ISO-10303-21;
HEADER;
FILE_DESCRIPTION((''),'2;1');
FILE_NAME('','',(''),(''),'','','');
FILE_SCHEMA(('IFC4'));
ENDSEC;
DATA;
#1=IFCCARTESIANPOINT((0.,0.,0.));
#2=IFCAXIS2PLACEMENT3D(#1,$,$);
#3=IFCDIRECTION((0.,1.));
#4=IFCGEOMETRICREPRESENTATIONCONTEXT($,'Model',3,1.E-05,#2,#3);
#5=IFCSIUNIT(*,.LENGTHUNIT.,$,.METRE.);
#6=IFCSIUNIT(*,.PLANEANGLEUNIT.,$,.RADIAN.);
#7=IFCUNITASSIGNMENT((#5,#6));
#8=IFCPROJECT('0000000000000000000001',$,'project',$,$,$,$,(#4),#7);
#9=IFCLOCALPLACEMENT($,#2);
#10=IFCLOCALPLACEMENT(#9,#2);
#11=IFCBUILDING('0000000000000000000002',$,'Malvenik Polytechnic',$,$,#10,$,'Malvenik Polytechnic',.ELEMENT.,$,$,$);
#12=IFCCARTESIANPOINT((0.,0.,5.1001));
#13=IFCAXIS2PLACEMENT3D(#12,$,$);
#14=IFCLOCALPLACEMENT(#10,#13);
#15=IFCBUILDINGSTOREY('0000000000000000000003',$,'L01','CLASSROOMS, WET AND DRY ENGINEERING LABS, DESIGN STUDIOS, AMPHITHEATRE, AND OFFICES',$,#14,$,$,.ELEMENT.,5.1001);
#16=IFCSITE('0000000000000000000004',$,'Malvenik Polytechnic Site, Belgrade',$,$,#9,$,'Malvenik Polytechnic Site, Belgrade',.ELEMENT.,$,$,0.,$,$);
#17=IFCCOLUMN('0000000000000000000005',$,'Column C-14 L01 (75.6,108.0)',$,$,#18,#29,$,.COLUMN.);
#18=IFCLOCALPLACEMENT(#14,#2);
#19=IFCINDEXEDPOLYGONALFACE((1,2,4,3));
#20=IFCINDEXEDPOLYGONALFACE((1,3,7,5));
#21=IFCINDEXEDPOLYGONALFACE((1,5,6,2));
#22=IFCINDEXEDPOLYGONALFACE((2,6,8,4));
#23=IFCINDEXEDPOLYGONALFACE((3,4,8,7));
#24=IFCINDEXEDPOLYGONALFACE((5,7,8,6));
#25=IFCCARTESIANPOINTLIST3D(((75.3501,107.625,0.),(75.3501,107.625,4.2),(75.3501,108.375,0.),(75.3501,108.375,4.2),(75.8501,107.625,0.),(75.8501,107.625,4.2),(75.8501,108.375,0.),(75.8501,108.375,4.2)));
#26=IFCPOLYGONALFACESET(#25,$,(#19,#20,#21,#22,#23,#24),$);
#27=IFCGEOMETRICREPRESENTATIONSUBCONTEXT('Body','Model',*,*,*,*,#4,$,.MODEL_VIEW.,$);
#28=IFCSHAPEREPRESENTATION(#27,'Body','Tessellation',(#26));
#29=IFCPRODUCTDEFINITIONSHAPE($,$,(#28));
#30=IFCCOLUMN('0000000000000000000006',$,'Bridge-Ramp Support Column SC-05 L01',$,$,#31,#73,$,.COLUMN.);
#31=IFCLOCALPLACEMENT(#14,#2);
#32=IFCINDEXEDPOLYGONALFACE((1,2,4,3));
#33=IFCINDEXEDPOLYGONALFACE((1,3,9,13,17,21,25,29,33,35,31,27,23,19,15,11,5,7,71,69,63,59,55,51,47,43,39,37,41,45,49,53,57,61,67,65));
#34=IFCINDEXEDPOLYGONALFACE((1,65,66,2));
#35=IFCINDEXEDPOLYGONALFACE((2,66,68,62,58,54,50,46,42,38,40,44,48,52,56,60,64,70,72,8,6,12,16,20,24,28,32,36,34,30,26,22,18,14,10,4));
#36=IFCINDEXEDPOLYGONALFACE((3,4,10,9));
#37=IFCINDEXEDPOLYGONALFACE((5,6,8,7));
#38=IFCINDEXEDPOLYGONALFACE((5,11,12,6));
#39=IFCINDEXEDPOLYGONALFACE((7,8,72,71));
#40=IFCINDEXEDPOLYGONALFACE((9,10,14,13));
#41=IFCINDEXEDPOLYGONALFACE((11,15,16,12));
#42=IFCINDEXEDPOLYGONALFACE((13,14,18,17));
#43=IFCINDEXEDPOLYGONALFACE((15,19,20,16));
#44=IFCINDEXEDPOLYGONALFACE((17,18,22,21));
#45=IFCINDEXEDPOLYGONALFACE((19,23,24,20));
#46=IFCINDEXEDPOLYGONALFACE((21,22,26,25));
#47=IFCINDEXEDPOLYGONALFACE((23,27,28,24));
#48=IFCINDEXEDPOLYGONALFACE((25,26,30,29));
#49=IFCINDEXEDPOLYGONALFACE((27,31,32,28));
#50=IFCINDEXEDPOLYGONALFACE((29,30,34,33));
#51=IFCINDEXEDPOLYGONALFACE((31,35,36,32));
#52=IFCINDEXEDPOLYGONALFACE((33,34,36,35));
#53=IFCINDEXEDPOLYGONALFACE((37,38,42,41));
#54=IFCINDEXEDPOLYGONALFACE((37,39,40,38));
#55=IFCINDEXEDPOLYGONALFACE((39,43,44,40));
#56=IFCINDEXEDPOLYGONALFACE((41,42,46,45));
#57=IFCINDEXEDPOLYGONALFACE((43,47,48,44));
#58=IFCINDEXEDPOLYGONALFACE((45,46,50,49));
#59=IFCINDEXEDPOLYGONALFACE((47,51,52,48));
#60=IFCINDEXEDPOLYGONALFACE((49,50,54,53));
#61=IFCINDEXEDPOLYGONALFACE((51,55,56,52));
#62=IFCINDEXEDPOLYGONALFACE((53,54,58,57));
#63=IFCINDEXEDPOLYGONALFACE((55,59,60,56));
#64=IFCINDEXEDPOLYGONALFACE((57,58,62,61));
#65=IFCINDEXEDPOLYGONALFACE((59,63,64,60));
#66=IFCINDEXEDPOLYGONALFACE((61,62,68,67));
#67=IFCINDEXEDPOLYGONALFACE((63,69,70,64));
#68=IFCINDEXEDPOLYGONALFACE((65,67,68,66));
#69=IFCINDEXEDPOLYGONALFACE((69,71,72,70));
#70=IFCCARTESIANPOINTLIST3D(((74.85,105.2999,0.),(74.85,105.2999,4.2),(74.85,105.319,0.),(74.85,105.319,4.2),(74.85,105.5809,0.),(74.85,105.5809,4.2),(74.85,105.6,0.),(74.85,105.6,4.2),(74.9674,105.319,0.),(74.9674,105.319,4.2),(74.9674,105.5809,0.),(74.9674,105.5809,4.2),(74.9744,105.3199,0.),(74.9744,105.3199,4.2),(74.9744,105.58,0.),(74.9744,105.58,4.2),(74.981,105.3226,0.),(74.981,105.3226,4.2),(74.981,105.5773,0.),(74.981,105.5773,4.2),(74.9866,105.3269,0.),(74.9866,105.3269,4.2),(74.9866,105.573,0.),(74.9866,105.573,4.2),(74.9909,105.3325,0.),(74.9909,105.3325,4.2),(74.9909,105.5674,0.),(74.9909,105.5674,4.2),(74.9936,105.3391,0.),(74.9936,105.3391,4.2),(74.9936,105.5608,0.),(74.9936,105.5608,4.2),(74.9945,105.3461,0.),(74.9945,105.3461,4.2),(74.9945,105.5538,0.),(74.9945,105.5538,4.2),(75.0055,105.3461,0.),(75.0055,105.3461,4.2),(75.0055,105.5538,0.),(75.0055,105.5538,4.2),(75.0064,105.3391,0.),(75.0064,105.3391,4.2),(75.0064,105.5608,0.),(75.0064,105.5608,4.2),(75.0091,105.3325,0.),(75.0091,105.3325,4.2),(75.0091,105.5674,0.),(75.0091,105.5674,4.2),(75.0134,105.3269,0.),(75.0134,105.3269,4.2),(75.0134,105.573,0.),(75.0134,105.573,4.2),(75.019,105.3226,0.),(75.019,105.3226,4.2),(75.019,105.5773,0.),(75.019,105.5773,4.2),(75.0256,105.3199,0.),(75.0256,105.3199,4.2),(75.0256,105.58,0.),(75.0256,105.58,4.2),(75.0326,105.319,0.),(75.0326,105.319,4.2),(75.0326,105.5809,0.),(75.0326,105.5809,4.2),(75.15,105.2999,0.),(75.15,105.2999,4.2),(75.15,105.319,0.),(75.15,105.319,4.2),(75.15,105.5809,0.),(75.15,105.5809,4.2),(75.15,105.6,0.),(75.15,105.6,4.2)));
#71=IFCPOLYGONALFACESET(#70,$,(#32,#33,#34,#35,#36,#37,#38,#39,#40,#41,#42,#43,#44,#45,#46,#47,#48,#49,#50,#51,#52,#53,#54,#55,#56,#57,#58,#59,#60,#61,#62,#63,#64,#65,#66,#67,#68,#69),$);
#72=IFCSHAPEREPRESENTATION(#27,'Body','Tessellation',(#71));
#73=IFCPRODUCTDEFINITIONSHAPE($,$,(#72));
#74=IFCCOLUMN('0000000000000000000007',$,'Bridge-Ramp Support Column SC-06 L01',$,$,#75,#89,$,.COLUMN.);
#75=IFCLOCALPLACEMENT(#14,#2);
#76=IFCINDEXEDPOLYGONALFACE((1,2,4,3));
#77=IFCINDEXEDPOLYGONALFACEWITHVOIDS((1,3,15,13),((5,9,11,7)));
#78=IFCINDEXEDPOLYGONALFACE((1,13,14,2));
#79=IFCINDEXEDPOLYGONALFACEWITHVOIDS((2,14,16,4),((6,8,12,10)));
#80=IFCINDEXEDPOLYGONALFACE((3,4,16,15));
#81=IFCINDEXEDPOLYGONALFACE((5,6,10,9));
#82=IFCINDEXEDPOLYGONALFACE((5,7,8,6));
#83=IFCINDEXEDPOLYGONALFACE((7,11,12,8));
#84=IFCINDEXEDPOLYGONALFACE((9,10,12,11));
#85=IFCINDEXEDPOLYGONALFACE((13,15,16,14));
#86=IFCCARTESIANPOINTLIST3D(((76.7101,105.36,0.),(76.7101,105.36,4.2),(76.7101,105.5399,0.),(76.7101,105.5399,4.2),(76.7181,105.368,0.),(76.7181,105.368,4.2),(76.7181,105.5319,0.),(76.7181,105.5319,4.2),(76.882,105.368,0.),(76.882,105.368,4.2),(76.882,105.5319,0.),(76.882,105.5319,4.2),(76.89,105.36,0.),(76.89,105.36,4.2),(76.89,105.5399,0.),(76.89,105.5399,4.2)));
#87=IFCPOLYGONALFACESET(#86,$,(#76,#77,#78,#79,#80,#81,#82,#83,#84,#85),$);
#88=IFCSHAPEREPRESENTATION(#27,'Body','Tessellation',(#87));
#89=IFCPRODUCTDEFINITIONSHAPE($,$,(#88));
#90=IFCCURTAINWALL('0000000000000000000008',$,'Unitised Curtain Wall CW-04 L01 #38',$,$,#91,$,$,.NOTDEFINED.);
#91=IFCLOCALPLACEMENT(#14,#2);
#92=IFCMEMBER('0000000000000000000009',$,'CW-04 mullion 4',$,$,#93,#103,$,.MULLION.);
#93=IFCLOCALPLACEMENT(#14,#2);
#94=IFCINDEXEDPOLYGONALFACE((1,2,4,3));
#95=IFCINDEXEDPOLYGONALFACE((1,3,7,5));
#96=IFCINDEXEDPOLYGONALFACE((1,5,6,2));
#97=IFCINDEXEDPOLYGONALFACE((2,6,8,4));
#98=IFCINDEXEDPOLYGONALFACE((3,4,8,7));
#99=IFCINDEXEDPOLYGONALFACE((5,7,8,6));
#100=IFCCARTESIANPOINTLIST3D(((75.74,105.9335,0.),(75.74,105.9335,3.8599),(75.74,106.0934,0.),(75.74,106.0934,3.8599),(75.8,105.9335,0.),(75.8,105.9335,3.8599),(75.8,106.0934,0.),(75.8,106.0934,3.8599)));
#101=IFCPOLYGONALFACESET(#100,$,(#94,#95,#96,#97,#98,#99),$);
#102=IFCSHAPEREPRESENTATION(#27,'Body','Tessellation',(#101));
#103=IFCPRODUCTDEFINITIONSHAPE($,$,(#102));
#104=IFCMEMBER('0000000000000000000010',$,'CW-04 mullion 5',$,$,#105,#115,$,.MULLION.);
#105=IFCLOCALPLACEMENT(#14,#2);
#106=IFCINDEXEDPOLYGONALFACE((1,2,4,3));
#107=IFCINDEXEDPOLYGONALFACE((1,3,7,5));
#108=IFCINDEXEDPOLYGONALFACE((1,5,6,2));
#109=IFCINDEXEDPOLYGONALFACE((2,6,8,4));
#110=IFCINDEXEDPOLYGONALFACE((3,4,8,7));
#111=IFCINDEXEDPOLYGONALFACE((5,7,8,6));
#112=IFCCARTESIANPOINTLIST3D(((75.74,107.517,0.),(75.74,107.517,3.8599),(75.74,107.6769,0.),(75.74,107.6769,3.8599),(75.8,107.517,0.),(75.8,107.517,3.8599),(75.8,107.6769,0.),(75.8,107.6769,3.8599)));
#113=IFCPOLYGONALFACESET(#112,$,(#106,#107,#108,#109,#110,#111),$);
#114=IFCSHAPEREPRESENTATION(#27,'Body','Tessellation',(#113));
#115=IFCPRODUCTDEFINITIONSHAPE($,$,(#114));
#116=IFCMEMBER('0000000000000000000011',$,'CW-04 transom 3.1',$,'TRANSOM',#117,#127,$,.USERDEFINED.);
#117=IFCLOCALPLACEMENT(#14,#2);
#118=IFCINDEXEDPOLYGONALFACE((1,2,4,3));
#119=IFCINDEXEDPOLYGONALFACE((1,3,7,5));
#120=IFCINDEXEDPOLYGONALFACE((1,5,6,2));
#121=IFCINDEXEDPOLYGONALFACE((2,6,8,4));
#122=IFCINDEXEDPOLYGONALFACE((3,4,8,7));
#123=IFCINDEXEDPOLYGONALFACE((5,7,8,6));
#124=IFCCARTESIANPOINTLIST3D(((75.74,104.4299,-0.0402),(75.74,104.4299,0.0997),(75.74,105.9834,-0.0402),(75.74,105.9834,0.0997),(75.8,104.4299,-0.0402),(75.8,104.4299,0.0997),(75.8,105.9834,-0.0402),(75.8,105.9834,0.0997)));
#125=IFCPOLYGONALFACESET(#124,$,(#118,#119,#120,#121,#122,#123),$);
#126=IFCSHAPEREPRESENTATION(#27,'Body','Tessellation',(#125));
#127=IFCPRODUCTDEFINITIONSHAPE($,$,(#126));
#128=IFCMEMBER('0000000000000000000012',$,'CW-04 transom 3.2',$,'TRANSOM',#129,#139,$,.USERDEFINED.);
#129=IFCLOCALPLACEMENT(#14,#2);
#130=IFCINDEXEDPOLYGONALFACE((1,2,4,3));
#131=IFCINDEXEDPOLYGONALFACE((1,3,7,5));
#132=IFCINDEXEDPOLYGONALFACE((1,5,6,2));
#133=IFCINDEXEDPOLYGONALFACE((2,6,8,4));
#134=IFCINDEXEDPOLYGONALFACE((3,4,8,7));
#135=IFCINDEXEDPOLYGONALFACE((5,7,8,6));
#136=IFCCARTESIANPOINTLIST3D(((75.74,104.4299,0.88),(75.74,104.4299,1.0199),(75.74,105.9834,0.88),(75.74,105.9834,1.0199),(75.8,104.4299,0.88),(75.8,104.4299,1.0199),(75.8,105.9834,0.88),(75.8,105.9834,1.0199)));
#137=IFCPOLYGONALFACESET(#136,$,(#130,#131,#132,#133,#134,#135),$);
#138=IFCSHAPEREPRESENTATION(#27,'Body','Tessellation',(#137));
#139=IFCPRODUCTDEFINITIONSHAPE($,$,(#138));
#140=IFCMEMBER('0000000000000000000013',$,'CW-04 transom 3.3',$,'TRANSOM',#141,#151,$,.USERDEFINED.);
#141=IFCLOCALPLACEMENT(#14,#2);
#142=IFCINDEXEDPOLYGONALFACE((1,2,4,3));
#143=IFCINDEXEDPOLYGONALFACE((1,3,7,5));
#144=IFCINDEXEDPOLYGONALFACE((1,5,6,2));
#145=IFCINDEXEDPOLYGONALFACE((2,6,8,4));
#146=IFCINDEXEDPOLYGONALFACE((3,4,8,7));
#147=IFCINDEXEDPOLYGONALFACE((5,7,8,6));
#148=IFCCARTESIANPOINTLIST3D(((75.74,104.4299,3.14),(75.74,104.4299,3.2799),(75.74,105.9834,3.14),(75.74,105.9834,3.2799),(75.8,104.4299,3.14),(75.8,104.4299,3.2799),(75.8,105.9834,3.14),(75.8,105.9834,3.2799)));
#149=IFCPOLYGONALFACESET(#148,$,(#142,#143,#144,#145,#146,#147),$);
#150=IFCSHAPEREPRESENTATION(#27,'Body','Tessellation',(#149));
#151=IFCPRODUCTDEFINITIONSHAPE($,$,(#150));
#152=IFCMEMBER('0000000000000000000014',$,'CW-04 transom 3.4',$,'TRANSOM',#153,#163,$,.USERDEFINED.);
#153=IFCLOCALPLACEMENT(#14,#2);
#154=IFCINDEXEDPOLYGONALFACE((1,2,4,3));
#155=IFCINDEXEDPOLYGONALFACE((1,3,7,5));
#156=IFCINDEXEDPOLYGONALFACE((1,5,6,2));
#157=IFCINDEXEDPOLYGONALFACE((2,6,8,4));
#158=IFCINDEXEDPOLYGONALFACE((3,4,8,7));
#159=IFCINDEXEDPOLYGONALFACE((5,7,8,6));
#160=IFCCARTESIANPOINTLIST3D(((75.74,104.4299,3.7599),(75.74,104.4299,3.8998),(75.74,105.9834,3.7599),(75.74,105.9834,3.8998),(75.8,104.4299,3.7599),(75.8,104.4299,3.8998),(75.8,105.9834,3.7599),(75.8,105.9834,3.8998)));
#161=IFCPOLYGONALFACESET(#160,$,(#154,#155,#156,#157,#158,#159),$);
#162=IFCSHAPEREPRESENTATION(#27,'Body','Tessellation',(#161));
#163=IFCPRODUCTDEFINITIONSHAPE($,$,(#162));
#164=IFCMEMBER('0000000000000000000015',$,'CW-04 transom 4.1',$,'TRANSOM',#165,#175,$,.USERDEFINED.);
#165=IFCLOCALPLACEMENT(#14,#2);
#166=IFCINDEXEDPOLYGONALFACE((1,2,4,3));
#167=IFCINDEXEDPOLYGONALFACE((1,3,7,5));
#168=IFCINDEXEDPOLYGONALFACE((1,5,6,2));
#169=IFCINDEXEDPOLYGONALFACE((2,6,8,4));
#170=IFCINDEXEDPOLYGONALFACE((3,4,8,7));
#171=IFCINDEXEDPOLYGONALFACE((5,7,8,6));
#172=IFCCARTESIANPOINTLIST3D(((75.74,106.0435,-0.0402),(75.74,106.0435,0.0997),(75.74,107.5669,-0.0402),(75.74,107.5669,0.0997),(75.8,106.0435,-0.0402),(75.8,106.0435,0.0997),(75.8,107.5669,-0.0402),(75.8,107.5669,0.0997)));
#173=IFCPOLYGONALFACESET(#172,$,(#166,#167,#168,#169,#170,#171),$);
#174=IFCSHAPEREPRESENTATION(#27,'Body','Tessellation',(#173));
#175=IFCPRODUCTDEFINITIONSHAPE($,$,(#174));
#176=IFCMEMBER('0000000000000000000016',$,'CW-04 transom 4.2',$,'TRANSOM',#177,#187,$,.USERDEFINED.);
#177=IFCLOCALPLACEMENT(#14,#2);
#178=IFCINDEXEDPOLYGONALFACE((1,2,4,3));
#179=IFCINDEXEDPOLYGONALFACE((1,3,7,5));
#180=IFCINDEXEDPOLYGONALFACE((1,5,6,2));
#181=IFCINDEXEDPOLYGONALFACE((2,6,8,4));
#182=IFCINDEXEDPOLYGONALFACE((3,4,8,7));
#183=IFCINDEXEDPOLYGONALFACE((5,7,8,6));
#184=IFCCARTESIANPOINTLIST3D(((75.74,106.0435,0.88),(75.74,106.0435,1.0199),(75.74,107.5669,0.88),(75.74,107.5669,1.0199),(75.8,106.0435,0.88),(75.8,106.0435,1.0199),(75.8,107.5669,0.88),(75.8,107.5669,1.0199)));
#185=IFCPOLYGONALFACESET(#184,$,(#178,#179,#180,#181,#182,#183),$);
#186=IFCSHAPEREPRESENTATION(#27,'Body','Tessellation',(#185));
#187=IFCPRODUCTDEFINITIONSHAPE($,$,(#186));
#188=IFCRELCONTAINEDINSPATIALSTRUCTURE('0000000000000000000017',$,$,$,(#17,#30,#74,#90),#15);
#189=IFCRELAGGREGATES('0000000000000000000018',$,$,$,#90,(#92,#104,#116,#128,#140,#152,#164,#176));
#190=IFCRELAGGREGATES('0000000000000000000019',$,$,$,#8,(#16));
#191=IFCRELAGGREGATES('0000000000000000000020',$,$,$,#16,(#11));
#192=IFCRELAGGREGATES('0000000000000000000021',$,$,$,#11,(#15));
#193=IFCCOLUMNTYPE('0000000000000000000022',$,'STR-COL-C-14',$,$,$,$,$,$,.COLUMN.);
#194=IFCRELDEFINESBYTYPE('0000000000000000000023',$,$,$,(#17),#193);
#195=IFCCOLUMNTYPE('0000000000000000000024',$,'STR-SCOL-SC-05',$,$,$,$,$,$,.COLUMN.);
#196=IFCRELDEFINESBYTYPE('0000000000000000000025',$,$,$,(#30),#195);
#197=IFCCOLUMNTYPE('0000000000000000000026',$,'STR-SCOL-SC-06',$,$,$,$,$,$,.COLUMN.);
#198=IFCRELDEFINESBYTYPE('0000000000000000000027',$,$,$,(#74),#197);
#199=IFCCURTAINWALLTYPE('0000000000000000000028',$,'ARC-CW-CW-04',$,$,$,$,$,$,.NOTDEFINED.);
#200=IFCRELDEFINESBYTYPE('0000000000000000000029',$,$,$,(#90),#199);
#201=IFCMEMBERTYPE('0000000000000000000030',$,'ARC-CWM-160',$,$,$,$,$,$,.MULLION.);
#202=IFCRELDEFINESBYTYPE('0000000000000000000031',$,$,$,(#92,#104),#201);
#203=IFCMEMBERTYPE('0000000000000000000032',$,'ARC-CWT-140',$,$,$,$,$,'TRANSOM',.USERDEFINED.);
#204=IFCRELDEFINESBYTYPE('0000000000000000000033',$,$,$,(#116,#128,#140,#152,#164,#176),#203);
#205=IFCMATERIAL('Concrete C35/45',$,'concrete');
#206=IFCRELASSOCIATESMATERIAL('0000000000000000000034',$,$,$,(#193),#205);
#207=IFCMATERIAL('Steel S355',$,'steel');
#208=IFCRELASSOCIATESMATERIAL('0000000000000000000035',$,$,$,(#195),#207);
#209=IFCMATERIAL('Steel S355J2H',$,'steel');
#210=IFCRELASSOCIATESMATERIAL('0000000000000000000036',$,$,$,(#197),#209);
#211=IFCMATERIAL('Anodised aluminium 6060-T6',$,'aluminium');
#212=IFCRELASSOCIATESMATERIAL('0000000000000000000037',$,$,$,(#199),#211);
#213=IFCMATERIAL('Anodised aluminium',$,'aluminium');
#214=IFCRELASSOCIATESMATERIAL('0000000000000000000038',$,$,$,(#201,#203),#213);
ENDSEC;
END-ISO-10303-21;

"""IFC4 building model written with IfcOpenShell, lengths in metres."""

from ifc_helpers import new_model, si_unit, direction, frame, origin, origin_2d, place, context, subcontext, project, spatial, rectangle, hollow_rectangle, i_section, extrude, material, material_profile, profile_set, type_object, element, aggregate, save


model = new_model("IFC4")

# Units and contexts
model_context = context("Model", 3, precision=1e-05, world=origin(), true_north=direction((0.0, 1.0)))
body_context = subcontext(model_context, "Body", "Model", "MODEL_VIEW")
ifc_project = project(units=[si_unit("LENGTHUNIT", "METRE"), si_unit("PLANEANGLEUNIT", "RADIAN")], contexts=[model_context])

# Site, building, storey
site_placement = place(None, origin())
site = spatial("IfcSite", under=ifc_project, at=site_placement, Name="Malvenik Polytechnic Site, Belgrade", LongName="Malvenik Polytechnic Site, Belgrade", CompositionType="ELEMENT", RefElevation=0.0)
building_placement = place(site_placement, origin())
building = spatial("IfcBuilding", under=site, at=building_placement, Name="Malvenik Polytechnic", LongName="Malvenik Polytechnic", CompositionType="ELEMENT")
storey_placement = place(building_placement, frame((0.0, 0.0, 5.1001)))
storey = spatial("IfcBuildingStorey", under=building, at=storey_placement, Name="L01", Description="CLASSROOMS, WET AND DRY ENGINEERING LABS, DESIGN STUDIOS, AMPHITHEATRE, AND OFFICES", CompositionType="ELEMENT", Elevation=5.1001)

# Columns
ifc_material_1 = material(Name="Concrete C35/45", Category="concrete")
ifc_material_profile_1 = material_profile(ifc_material_1, rectangle(XDim=0.5, YDim=0.75, at=origin_2d()), Name="RC COL 750x500")
ifc_profile_set_1 = profile_set([ifc_material_profile_1], Name="Concrete C35/45")
column_type_1 = type_object("IfcColumnType", Name="STR-COL-C-14", PredefinedType="COLUMN", material=ifc_profile_set_1)
column_1_placement = place(storey_placement, frame((75.6001, 108.0, 0.0), z_axis=(0.0, 0.0, 1.0), x_axis=(1.0, 0.0, 0.0)))
element("IfcColumn", 1, at=column_1_placement, inside=storey, type_object=column_type_1, Name="Column C-14 L01 (75.6,108.0)", PredefinedType="COLUMN", context=body_context, shape_type="SweptSolid", body=[
    extrude(rectangle(XDim=0.5, YDim=0.75, at=origin_2d()), origin(), (0.0, 0.0, 1.0), 4.2),
])
ifc_material_2 = material(Name="Steel S355", Category="steel")
ifc_material_profile_2 = material_profile(ifc_material_2, i_section(OverallWidth=0.3, OverallDepth=0.3, WebThickness=0.011, FlangeThickness=0.019, FilletRadius=0.0271, at=origin_2d()), Name="HEB 300")
ifc_profile_set_2 = profile_set([ifc_material_profile_2], Name="Steel S355")
column_type_2 = type_object("IfcColumnType", Name="STR-SCOL-SC-05", PredefinedType="COLUMN", material=ifc_profile_set_2)
column_2_placement = place(storey_placement, frame((75.0, 105.45, 0.0), z_axis=(0.0, 0.0, 1.0), x_axis=(1.0, 0.0, 0.0)))
element("IfcColumn", 2, at=column_2_placement, inside=storey, type_object=column_type_2, Name="Bridge-Ramp Support Column SC-05 L01", PredefinedType="COLUMN", context=body_context, shape_type="SweptSolid", body=[
    extrude(i_section(OverallWidth=0.3, OverallDepth=0.3, WebThickness=0.011, FlangeThickness=0.019, FilletRadius=0.0271, at=origin_2d()), origin(), (0.0, 0.0, 1.0), 4.2),
])
ifc_material_3 = material(Name="Steel S355J2H", Category="steel")
ifc_material_profile_3 = material_profile(ifc_material_3, hollow_rectangle(XDim=0.1799, YDim=0.1799, WallThickness=0.0081, at=origin_2d()), Name="SHS 180x180x8.0")
ifc_profile_set_3 = profile_set([ifc_material_profile_3], Name="Steel S355J2H")
column_type_3 = type_object("IfcColumnType", Name="STR-SCOL-SC-06", PredefinedType="COLUMN", material=ifc_profile_set_3)
column_3_placement = place(storey_placement, frame((76.8, 105.45, 0.0), z_axis=(0.0, 0.0, 1.0), x_axis=(1.0, 0.0, 0.0)))
element("IfcColumn", 3, at=column_3_placement, inside=storey, type_object=column_type_3, Name="Bridge-Ramp Support Column SC-06 L01", PredefinedType="COLUMN", context=body_context, shape_type="SweptSolid", body=[
    extrude(hollow_rectangle(XDim=0.1799, YDim=0.1799, WallThickness=0.0081, at=origin_2d()), origin(), (0.0, 0.0, 1.0), 4.2),
])

# Curtain wall, members
ifc_material_4 = material(Name="Anodised aluminium 6060-T6", Category="aluminium")
curtain_wall_type = type_object("IfcCurtainWallType", Name="ARC-CW-CW-04", PredefinedType="NOTDEFINED", material=ifc_material_4)
curtain_wall_placement = place(storey_placement, origin())
curtain_wall = element("IfcCurtainWall", 4, at=curtain_wall_placement, inside=storey, type_object=curtain_wall_type, Name="Unitised Curtain Wall CW-04 L01 #38", PredefinedType="NOTDEFINED")
ifc_material_5 = material(Name="Anodised aluminium", Category="aluminium")
ifc_material_profile_4 = material_profile(ifc_material_5, rectangle(XDim=0.0601, YDim=0.1599, at=origin_2d()), Name="ALU MULLION 60x160")
ifc_profile_set_4 = profile_set([ifc_material_profile_4], Name="Anodised aluminium")
member_type_1 = type_object("IfcMemberType", Name="ARC-CWM-160", PredefinedType="MULLION", material=ifc_profile_set_4)
member_1_placement = place(storey_placement, frame((75.77, 106.0134, 0.0), z_axis=(0.0, 0.0, 1.0), x_axis=(-1.0, 0.0, 0.0)))
member_1 = element("IfcMember", 5, at=member_1_placement, type_object=member_type_1, Name="CW-04 mullion 4", PredefinedType="MULLION", context=body_context, shape_type="SweptSolid", body=[
    extrude(rectangle(XDim=0.0601, YDim=0.1599, at=origin_2d()), origin(), (0.0, 0.0, 1.0), 3.8599),
])
member_2_placement = place(storey_placement, frame((75.77, 107.5969, 0.0), z_axis=(0.0, 0.0, 1.0), x_axis=(-1.0, 0.0, 0.0)))
member_2 = element("IfcMember", 6, at=member_2_placement, type_object=member_type_1, Name="CW-04 mullion 5", PredefinedType="MULLION", context=body_context, shape_type="SweptSolid", body=[
    extrude(rectangle(XDim=0.0601, YDim=0.1599, at=origin_2d()), origin(), (0.0, 0.0, 1.0), 3.8599),
])
ifc_material_profile_5 = material_profile(ifc_material_5, rectangle(XDim=0.0601, YDim=0.1399, at=origin_2d()), Name="ALU TRANSOM 60x140")
ifc_profile_set_5 = profile_set([ifc_material_profile_5], Name="Anodised aluminium")
member_type_2 = type_object("IfcMemberType", Name="ARC-CWT-140", ElementType="TRANSOM", PredefinedType="USERDEFINED", material=ifc_profile_set_5)
member_3_placement = place(storey_placement, frame((75.77, 104.4299, 0.0298), z_axis=(0.0, 1.0, 0.0), x_axis=(-1.0, 0.0, 0.0)))
member_3 = element("IfcMember", 7, at=member_3_placement, type_object=member_type_2, Name="CW-04 transom 3.1", ObjectType="TRANSOM", PredefinedType="USERDEFINED", context=body_context, shape_type="SweptSolid", body=[
    extrude(rectangle(XDim=0.0601, YDim=0.1399, at=origin_2d()), origin(), (0.0, 0.0, 1.0), 1.5535),
])
member_4_placement = place(storey_placement, frame((75.77, 104.4299, 0.95), z_axis=(0.0, 1.0, 0.0), x_axis=(-1.0, 0.0, 0.0)))
member_4 = element("IfcMember", 8, at=member_4_placement, type_object=member_type_2, Name="CW-04 transom 3.2", ObjectType="TRANSOM", PredefinedType="USERDEFINED", context=body_context, shape_type="SweptSolid", body=[
    extrude(rectangle(XDim=0.0601, YDim=0.1399, at=origin_2d()), origin(), (0.0, 0.0, 1.0), 1.5535),
])
member_5_placement = place(storey_placement, frame((75.77, 104.4299, 3.21), z_axis=(0.0, 1.0, 0.0), x_axis=(-1.0, 0.0, 0.0)))
member_5 = element("IfcMember", 9, at=member_5_placement, type_object=member_type_2, Name="CW-04 transom 3.3", ObjectType="TRANSOM", PredefinedType="USERDEFINED", context=body_context, shape_type="SweptSolid", body=[
    extrude(rectangle(XDim=0.0601, YDim=0.1399, at=origin_2d()), origin(), (0.0, 0.0, 1.0), 1.5535),
])
member_6_placement = place(storey_placement, frame((75.77, 104.4299, 3.8298), z_axis=(0.0, 1.0, 0.0), x_axis=(-1.0, 0.0, 0.0)))
member_6 = element("IfcMember", 10, at=member_6_placement, type_object=member_type_2, Name="CW-04 transom 3.4", ObjectType="TRANSOM", PredefinedType="USERDEFINED", context=body_context, shape_type="SweptSolid", body=[
    extrude(rectangle(XDim=0.0601, YDim=0.1399, at=origin_2d()), origin(), (0.0, 0.0, 1.0), 1.5535),
])
member_7_placement = place(storey_placement, frame((75.77, 106.0435, 0.0298), z_axis=(0.0, 1.0, 0.0), x_axis=(-1.0, 0.0, 0.0)))
member_7 = element("IfcMember", 11, at=member_7_placement, type_object=member_type_2, Name="CW-04 transom 4.1", ObjectType="TRANSOM", PredefinedType="USERDEFINED", context=body_context, shape_type="SweptSolid", body=[
    extrude(rectangle(XDim=0.0601, YDim=0.1399, at=origin_2d()), origin(), (0.0, 0.0, 1.0), 1.5234),
])
member_8_placement = place(storey_placement, frame((75.77, 106.0435, 0.95), z_axis=(0.0, 1.0, 0.0), x_axis=(-1.0, 0.0, 0.0)))
member_8 = element("IfcMember", 12, at=member_8_placement, type_object=member_type_2, Name="CW-04 transom 4.2", ObjectType="TRANSOM", PredefinedType="USERDEFINED", context=body_context, shape_type="SweptSolid", body=[
    extrude(rectangle(XDim=0.0601, YDim=0.1399, at=origin_2d()), origin(), (0.0, 0.0, 1.0), 1.5234),
])
aggregate(curtain_wall, [member_1, member_2, member_3, member_4, member_5, member_6, member_7, member_8])

save(model, "model.ifc")
